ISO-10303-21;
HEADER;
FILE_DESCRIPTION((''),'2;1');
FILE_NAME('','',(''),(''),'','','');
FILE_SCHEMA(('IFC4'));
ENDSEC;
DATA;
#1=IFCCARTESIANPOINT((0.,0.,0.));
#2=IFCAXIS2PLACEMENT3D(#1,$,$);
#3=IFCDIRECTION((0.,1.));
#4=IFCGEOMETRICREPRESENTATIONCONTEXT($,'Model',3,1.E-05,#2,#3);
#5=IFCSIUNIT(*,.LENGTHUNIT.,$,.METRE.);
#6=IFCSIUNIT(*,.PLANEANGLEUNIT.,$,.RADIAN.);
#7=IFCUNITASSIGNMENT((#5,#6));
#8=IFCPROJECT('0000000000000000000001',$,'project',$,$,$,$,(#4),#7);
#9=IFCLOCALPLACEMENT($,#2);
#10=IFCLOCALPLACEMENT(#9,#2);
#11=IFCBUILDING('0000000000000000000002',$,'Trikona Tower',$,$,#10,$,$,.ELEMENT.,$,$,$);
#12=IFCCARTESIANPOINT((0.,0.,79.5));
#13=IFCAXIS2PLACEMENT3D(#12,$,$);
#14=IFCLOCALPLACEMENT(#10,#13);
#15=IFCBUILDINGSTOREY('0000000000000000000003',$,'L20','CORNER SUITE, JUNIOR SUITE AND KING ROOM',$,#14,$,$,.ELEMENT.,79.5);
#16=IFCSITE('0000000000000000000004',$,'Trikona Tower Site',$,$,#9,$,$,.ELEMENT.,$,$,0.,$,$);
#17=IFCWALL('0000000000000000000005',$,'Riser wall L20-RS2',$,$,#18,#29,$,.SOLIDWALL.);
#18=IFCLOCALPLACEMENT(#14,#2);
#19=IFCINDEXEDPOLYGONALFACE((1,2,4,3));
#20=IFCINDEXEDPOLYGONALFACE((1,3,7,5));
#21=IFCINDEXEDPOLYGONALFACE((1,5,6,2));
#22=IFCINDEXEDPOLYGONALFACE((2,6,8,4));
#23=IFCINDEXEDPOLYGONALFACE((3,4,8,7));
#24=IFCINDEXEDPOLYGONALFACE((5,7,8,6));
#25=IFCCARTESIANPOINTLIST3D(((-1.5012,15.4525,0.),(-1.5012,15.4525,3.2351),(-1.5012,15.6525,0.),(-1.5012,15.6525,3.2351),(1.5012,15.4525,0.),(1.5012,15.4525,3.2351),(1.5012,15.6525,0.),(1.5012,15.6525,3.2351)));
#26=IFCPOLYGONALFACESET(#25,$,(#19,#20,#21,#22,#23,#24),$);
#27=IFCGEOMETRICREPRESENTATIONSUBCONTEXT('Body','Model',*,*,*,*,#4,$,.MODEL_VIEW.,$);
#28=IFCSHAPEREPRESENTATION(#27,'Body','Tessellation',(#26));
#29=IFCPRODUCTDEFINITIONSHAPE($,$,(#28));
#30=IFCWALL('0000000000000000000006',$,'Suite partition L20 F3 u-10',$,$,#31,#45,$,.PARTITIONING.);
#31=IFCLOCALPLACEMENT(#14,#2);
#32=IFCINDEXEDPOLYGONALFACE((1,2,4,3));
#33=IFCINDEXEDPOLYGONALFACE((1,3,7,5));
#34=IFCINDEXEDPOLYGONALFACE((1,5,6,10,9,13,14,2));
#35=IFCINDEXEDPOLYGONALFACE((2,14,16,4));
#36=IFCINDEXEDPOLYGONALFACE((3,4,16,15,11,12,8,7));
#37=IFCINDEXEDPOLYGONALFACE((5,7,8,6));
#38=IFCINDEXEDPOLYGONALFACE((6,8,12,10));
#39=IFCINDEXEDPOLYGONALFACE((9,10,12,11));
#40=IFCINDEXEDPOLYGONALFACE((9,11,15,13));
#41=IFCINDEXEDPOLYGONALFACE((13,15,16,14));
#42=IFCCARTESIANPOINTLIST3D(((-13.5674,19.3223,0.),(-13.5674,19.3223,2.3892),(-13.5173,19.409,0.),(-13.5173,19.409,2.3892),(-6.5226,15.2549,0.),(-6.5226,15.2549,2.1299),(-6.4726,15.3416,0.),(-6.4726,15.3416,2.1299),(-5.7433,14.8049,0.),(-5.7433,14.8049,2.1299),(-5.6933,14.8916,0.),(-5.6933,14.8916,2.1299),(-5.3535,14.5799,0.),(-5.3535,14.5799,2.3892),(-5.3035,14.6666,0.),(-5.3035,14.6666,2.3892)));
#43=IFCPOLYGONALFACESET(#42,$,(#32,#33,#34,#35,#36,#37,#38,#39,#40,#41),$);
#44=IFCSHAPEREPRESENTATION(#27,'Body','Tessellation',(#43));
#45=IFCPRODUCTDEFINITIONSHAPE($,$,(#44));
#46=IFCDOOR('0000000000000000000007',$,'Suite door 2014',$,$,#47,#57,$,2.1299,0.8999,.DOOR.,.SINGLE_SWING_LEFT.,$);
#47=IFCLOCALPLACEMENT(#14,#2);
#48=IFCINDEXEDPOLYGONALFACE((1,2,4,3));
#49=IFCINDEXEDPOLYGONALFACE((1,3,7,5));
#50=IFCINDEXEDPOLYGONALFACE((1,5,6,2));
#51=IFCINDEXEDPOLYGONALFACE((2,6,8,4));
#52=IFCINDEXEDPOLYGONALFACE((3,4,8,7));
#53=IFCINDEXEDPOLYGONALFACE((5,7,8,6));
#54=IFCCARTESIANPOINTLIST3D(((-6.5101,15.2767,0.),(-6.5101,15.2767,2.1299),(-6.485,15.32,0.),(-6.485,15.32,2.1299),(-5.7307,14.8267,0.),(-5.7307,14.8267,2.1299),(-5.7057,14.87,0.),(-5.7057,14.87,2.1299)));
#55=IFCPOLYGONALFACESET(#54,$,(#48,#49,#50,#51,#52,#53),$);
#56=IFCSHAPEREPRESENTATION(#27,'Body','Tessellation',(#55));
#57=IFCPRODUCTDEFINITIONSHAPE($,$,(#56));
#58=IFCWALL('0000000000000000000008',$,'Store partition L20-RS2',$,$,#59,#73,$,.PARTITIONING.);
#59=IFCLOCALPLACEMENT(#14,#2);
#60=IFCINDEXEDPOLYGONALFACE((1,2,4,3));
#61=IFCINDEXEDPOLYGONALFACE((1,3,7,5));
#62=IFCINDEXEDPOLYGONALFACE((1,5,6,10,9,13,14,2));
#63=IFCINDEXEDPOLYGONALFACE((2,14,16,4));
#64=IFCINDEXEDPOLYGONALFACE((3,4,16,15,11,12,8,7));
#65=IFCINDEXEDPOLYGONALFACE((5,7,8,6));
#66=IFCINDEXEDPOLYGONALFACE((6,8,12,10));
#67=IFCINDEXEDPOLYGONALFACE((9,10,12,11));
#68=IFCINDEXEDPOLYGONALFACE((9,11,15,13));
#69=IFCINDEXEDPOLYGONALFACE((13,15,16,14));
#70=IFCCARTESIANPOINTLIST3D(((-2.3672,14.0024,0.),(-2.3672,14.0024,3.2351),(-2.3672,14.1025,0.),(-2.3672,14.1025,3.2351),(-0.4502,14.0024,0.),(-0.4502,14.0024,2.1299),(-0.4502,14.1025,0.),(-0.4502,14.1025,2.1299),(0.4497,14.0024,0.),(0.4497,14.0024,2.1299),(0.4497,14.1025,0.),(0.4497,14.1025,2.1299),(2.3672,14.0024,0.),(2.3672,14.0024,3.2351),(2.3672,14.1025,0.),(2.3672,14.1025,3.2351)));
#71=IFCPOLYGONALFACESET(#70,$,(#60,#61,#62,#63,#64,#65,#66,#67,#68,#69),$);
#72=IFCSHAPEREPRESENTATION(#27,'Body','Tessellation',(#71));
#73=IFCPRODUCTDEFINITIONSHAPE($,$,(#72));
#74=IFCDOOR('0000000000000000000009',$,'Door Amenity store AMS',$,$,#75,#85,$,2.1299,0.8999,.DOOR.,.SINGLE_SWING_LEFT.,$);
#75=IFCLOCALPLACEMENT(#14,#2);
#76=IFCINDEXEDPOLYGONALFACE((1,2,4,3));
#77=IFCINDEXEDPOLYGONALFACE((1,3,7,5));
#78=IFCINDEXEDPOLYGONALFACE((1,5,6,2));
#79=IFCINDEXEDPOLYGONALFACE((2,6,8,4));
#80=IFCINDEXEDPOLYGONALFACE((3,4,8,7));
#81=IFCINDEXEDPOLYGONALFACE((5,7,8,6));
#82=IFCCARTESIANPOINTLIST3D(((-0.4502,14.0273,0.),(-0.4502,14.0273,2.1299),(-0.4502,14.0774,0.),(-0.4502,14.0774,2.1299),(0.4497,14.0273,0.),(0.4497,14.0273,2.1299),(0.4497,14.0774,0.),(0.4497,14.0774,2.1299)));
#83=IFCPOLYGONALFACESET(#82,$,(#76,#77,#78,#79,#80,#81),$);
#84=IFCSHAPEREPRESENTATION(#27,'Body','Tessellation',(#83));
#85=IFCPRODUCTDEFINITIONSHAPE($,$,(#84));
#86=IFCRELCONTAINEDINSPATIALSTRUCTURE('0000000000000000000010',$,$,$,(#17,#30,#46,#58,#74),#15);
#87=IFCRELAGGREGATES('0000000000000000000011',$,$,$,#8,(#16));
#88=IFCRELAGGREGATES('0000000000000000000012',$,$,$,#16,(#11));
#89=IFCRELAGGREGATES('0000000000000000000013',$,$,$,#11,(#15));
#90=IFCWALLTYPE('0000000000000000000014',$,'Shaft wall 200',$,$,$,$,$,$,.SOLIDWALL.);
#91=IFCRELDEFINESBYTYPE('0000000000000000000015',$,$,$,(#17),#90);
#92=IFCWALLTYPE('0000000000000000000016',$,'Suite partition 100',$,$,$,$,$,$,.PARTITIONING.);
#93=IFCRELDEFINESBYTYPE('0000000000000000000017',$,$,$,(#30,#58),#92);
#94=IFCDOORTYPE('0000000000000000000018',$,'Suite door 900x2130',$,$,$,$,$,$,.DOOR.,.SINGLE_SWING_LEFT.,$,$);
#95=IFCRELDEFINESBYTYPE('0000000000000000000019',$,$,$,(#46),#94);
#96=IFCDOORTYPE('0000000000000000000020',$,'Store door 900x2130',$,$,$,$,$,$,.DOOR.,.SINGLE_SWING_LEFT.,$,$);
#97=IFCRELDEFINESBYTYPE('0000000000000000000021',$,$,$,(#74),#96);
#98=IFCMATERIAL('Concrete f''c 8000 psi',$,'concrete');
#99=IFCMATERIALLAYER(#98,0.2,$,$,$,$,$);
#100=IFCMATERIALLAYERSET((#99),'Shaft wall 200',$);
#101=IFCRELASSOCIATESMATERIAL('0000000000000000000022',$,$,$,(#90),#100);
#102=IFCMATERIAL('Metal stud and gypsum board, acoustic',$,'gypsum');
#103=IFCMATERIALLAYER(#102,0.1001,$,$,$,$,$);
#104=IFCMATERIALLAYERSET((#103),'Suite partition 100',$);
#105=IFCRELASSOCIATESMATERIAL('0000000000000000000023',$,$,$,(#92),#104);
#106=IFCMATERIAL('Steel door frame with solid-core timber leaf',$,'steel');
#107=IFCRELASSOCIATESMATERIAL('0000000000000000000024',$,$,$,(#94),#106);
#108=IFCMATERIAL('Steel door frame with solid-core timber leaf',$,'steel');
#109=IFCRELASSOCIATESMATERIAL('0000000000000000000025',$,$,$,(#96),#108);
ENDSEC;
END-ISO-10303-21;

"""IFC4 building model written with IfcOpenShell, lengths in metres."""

from ifc_helpers import new_model, si_unit, direction, frame, frame_2d, origin, place, context, subcontext, project, spatial, rectangle, extrude, material, layer, layer_set, type_object, element, fill, save


model = new_model("IFC4")

# Units and contexts
model_context = context("Model", 3, precision=1e-05, world=origin(), true_north=direction((0.0, 1.0)))
body_context = subcontext(model_context, "Body", "Model", "MODEL_VIEW")
ifc_project = project(units=[si_unit("LENGTHUNIT", "METRE"), si_unit("PLANEANGLEUNIT", "RADIAN")], contexts=[model_context])

# Site, building, storey
site_placement = place(None, origin())
site = spatial("IfcSite", under=ifc_project, at=site_placement, Name="Trikona Tower Site", CompositionType="ELEMENT", RefElevation=0.0)
building_placement = place(site_placement, origin())
building = spatial("IfcBuilding", under=site, at=building_placement, Name="Trikona Tower", CompositionType="ELEMENT")
storey_placement = place(building_placement, frame((0.0, 0.0, 79.5)))
storey = spatial("IfcBuildingStorey", under=building, at=storey_placement, Name="L20", Description="CORNER SUITE, JUNIOR SUITE AND KING ROOM", CompositionType="ELEMENT", Elevation=79.5)

# Wall
ifc_material_1 = material(Name="Concrete f'c 8000 psi", Category="concrete")
ifc_layer_1 = layer(ifc_material_1, 0.2)
ifc_layer_set_1 = layer_set([ifc_layer_1], Name="Shaft wall 200")
wall_type_1 = type_object("IfcWallType", Name="Shaft wall 200", PredefinedType="SOLIDWALL", material=ifc_layer_set_1)
wall_1_placement = place(storey_placement, frame((-1.5012, 15.5525, 0.0), z_axis=(0.0, 0.0, 1.0), x_axis=(1.0, 0.0, 0.0)))
element("IfcWall", 1, at=wall_1_placement, inside=storey, type_object=wall_type_1, Name="Riser wall L20-RS2", PredefinedType="SOLIDWALL", context=body_context, shape_type="SweptSolid", body=[
    extrude(rectangle(XDim=3.0024, YDim=0.2, at=frame_2d((1.5012, 0.0))), origin(), (0.0, 0.0, 1.0), 3.2351),
])

# Walls, openings, doors
ifc_material_2 = material(Name="Metal stud and gypsum board, acoustic", Category="gypsum")
ifc_layer_2 = layer(ifc_material_2, 0.1001)
ifc_layer_set_2 = layer_set([ifc_layer_2], Name="Suite partition 100")
wall_type_2 = type_object("IfcWallType", Name="Suite partition 100", PredefinedType="PARTITIONING", material=ifc_layer_set_2)
wall_2_placement = place(storey_placement, frame((-5.3286, 14.6233, 0.0), z_axis=(0.0, 0.0, 1.0), x_axis=(-0.866018, 0.500012, 0.0)))
wall_2 = element("IfcWall", 2, at=wall_2_placement, inside=storey, type_object=wall_type_2, Name="Suite partition L20 F3 u-10", PredefinedType="PARTITIONING", context=body_context, shape_type="SweptSolid", body=[
    extrude(rectangle(XDim=9.4846, YDim=0.1001, at=frame_2d((4.7422, 0.0))), origin(), (0.0, 0.0, 1.0), 2.3892),
])
opening_1_placement = place(wall_2_placement, frame((0.45, 0.0, 0.0)))
opening_1 = element("IfcOpeningElement", 3, at=opening_1_placement, cuts=wall_2, PredefinedType="OPENING", context=body_context, shape_type="SweptSolid", body=[
    extrude(rectangle(XDim=0.8999, YDim=2.1299, at=frame_2d((0.45, 1.0649))), frame((0.0, 0.0601, 0.0), z_axis=(0.0, -1.0, 0.0), x_axis=(1.0, 0.0, 0.0)), (0.0, 0.0, 1.0), 0.1201),
])
ifc_material_3 = material(Name="Steel door frame with solid-core timber leaf", Category="steel")
door_type_1 = type_object("IfcDoorType", Name="Suite door 900x2130", OperationType="SINGLE_SWING_LEFT", PredefinedType="DOOR", material=ifc_material_3)
door_1_placement = place(opening_1_placement, origin())
door_1 = element("IfcDoor", 4, at=door_1_placement, inside=storey, type_object=door_type_1, Name="Suite door 2014", OperationType="SINGLE_SWING_LEFT", OverallHeight=2.1299, OverallWidth=0.8999, PredefinedType="DOOR", context=body_context, shape_type="SweptSolid", body=[
    extrude(rectangle(XDim=0.8999, YDim=2.1299, at=frame_2d((0.45, 1.0649))), frame((0.0, 0.0249, 0.0), z_axis=(0.0, -1.0, 0.0), x_axis=(1.0, 0.0, 0.0)), (0.0, 0.0, 1.0), 0.05),
])
fill(opening_1, door_1)
wall_3_placement = place(storey_placement, frame((-2.3672, 14.0525, 0.0), z_axis=(0.0, 0.0, 1.0), x_axis=(1.0, 0.0, 0.0)))
wall_3 = element("IfcWall", 5, at=wall_3_placement, inside=storey, type_object=wall_type_2, Name="Store partition L20-RS2", PredefinedType="PARTITIONING", context=body_context, shape_type="SweptSolid", body=[
    extrude(rectangle(XDim=4.7344, YDim=0.1001, at=frame_2d((2.3672, 0.0))), origin(), (0.0, 0.0, 1.0), 3.2351),
])
opening_2_placement = place(wall_3_placement, frame((1.917, 0.0, 0.0)))
opening_2 = element("IfcOpeningElement", 6, at=opening_2_placement, cuts=wall_3, PredefinedType="OPENING", context=body_context, shape_type="SweptSolid", body=[
    extrude(rectangle(XDim=0.8999, YDim=2.1299, at=frame_2d((0.45, 1.0649))), frame((0.0, 0.0601, 0.0), z_axis=(0.0, -1.0, 0.0), x_axis=(1.0, 0.0, 0.0)), (0.0, 0.0, 1.0), 0.1201),
])
ifc_material_4 = material(Name="Steel door frame with solid-core timber leaf", Category="steel")
door_type_2 = type_object("IfcDoorType", Name="Store door 900x2130", OperationType="SINGLE_SWING_LEFT", PredefinedType="DOOR", material=ifc_material_4)
door_2_placement = place(opening_2_placement, origin())
door_2 = element("IfcDoor", 7, at=door_2_placement, inside=storey, type_object=door_type_2, Name="Door Amenity store AMS", OperationType="SINGLE_SWING_LEFT", OverallHeight=2.1299, OverallWidth=0.8999, PredefinedType="DOOR", context=body_context, shape_type="SweptSolid", body=[
    extrude(rectangle(XDim=0.8999, YDim=2.1299, at=frame_2d((0.45, 1.0649))), frame((0.0, 0.0249, 0.0), z_axis=(0.0, -1.0, 0.0), x_axis=(1.0, 0.0, 0.0)), (0.0, 0.0, 1.0), 0.05),
])
fill(opening_2, door_2)

save(model, "model.ifc")
